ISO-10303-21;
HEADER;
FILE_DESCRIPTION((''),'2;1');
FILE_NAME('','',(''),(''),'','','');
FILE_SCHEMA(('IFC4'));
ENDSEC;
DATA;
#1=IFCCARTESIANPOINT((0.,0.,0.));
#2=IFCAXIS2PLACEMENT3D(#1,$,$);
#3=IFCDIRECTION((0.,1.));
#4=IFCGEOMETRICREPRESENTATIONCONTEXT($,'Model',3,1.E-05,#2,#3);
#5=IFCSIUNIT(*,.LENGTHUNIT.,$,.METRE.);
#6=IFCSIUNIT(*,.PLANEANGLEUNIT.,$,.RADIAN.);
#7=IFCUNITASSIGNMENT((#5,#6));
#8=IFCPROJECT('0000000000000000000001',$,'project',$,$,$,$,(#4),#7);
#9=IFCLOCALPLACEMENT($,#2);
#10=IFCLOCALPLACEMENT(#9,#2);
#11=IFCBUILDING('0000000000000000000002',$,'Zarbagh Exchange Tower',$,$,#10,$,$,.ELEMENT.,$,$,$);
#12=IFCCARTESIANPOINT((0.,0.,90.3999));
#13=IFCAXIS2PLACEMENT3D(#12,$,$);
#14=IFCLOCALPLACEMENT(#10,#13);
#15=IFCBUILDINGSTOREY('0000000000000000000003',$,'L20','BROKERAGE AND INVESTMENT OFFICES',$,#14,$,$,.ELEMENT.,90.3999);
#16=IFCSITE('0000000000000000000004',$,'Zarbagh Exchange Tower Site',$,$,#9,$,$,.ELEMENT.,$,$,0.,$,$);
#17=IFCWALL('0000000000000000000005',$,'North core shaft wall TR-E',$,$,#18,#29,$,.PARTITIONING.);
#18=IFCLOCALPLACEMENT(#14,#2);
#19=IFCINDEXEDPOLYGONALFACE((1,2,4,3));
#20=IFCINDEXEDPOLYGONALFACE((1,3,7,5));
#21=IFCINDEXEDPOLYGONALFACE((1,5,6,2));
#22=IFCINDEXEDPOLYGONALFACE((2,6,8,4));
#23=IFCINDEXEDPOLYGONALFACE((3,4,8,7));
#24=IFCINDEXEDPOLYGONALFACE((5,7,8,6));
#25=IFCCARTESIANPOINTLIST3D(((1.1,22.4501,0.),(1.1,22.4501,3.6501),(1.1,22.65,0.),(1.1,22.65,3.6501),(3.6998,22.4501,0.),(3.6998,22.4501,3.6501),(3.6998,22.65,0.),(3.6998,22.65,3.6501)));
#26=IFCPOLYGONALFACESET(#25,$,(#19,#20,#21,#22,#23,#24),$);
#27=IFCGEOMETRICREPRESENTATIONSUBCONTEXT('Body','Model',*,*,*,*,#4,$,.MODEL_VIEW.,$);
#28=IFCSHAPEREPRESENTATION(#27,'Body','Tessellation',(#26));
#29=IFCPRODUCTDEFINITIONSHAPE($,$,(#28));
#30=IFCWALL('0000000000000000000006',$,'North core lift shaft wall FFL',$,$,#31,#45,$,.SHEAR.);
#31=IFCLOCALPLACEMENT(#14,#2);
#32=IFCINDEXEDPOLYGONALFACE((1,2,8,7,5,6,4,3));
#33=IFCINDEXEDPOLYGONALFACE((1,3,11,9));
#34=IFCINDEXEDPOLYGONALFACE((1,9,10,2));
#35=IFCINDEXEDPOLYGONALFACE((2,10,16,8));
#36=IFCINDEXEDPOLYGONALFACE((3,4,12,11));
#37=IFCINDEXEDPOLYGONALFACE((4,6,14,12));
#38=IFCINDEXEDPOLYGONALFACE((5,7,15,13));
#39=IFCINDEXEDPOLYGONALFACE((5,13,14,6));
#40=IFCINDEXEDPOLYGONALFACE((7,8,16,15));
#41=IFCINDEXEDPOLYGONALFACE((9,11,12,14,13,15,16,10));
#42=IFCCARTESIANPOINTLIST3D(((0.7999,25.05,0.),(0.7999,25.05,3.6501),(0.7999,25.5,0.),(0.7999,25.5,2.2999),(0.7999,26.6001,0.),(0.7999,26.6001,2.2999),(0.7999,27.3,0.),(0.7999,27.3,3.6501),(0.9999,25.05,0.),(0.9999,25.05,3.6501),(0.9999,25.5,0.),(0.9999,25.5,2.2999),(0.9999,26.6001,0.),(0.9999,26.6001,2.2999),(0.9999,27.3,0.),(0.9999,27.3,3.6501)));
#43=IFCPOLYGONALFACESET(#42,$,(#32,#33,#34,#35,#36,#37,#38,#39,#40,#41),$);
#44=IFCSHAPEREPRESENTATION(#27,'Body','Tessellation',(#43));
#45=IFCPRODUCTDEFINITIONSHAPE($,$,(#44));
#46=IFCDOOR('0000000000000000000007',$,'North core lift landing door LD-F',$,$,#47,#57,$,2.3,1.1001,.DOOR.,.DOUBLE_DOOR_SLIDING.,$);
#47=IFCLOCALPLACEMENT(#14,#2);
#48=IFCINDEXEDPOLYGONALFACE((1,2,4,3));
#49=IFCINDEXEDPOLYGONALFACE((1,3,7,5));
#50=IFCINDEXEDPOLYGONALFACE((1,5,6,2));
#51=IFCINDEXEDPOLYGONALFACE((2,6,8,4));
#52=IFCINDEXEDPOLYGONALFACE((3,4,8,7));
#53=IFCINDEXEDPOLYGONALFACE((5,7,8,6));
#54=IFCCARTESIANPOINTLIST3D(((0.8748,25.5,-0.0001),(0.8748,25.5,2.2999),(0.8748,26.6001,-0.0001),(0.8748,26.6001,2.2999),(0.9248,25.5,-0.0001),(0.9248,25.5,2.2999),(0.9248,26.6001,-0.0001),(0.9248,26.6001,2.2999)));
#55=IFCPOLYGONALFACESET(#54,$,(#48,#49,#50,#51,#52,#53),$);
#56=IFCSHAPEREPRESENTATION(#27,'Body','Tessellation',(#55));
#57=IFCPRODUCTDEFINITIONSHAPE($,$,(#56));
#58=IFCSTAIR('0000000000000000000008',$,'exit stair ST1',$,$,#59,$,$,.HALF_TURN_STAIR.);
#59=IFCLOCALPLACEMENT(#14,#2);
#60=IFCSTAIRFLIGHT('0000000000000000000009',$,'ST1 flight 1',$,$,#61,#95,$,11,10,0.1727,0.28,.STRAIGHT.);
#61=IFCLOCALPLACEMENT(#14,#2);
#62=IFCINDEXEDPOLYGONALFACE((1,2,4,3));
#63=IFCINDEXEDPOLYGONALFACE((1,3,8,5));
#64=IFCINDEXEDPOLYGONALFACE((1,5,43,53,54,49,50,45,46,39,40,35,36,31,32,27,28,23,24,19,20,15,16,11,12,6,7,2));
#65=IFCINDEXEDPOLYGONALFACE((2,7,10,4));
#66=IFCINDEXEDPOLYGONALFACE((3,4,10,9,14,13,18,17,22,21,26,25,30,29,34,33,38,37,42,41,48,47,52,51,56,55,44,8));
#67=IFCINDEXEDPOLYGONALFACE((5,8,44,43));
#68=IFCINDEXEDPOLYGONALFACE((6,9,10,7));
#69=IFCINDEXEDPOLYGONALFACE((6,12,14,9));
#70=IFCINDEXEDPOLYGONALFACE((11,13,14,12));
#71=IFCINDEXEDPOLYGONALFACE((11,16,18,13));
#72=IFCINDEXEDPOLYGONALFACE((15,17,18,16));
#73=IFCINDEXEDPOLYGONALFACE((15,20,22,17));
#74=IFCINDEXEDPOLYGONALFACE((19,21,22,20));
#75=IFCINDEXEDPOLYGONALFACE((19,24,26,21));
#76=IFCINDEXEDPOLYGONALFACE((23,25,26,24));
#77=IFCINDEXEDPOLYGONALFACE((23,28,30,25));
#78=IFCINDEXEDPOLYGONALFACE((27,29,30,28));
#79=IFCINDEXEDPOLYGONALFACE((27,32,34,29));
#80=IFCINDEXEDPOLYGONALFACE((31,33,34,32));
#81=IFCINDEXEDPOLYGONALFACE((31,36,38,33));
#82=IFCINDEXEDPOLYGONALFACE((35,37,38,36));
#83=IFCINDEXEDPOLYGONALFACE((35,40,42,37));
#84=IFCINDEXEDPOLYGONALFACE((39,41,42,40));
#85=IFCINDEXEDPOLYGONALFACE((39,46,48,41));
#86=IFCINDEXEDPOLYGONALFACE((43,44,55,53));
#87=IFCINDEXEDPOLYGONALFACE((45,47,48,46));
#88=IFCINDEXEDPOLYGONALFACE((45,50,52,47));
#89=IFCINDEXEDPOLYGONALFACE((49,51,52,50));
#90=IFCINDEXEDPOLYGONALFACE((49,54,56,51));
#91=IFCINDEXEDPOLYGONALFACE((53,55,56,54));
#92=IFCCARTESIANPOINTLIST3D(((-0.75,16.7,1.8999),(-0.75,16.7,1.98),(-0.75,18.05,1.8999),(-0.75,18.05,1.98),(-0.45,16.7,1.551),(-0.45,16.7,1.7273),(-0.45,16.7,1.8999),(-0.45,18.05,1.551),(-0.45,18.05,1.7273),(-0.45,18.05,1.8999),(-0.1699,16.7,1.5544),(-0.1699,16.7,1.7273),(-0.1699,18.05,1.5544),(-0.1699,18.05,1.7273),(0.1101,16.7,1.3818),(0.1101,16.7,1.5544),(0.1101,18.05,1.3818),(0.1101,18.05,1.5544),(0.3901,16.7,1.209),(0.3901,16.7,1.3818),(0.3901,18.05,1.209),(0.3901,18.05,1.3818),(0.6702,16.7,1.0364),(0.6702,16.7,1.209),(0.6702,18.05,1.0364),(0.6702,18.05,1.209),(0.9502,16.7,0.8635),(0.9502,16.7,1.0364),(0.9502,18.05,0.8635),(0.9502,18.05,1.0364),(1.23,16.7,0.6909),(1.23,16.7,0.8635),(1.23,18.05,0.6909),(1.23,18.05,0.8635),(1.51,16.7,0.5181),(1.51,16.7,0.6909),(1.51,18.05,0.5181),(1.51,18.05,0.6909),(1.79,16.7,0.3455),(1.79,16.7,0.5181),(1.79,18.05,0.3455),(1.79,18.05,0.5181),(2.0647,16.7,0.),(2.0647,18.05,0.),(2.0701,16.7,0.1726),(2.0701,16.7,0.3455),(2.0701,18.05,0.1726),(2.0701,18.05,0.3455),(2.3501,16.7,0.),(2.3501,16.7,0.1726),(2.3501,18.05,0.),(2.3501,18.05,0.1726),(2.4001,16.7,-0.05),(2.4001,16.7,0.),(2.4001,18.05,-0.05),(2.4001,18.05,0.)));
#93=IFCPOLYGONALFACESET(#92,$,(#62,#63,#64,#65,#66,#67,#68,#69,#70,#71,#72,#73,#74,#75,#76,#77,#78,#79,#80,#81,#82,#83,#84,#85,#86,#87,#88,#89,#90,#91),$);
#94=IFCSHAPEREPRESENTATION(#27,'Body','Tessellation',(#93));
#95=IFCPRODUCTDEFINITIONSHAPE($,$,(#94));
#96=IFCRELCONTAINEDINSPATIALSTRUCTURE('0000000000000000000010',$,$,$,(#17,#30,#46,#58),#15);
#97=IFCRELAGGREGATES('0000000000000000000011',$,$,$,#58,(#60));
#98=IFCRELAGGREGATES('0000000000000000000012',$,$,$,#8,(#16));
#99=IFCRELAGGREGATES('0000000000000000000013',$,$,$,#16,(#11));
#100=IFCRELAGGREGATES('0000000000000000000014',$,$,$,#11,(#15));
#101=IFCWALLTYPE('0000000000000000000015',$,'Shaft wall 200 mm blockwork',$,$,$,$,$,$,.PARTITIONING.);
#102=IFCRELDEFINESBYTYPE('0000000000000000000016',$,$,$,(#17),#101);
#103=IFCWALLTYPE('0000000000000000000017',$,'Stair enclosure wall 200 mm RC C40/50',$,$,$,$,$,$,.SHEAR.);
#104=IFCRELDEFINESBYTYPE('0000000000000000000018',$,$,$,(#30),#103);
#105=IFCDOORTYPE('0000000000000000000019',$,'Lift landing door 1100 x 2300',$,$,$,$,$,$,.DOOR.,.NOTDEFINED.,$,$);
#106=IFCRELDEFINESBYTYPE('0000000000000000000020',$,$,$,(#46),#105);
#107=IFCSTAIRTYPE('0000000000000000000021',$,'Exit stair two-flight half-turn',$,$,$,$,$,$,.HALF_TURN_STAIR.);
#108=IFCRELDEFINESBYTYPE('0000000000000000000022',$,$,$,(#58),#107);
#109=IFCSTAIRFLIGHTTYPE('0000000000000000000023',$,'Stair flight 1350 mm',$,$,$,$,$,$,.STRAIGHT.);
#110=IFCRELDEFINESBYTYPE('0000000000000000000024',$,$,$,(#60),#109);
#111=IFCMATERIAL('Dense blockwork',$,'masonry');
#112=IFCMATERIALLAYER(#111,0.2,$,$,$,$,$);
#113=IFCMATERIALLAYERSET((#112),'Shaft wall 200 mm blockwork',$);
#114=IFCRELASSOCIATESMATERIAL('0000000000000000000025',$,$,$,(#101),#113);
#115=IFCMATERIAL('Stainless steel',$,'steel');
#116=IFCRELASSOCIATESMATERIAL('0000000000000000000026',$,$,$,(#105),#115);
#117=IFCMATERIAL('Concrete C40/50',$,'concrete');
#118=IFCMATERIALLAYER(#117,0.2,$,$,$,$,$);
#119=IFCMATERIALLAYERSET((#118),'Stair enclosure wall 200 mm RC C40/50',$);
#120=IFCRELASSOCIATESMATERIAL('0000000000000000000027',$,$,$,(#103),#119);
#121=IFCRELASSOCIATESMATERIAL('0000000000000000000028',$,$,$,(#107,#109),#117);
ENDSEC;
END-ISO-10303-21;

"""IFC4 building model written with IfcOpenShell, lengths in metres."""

from ifc_helpers import new_model, si_unit, direction, frame, frame_2d, origin, place, context, subcontext, project, spatial, polyline, rectangle, outline, extrude, material, layer, layer_set, type_object, element, fill, aggregate, save


model = new_model("IFC4")

# Units and contexts
model_context = context("Model", 3, precision=1e-05, world=origin(), true_north=direction((0.0, 1.0)))
body_context = subcontext(model_context, "Body", "Model", "MODEL_VIEW")
ifc_project = project(units=[si_unit("LENGTHUNIT", "METRE"), si_unit("PLANEANGLEUNIT", "RADIAN")], contexts=[model_context])

# Site, building, storey
site_placement = place(None, origin())
site = spatial("IfcSite", under=ifc_project, at=site_placement, Name="Zarbagh Exchange Tower Site", CompositionType="ELEMENT", RefElevation=0.0)
building_placement = place(site_placement, origin())
building = spatial("IfcBuilding", under=site, at=building_placement, Name="Zarbagh Exchange Tower", CompositionType="ELEMENT")
storey_placement = place(building_placement, frame((0.0, 0.0, 90.3999)))
storey = spatial("IfcBuildingStorey", under=building, at=storey_placement, Name="L20", Description="BROKERAGE AND INVESTMENT OFFICES", CompositionType="ELEMENT", Elevation=90.3999)

# Shared definitions
ifc_material_1 = material(Name="Dense blockwork", Category="masonry")

# Shared definitions
ifc_layer_1 = layer(ifc_material_1, 0.2)
ifc_layer_set_1 = layer_set([ifc_layer_1], Name="Shaft wall 200 mm blockwork")
wall_type_1 = type_object("IfcWallType", Name="Shaft wall 200 mm blockwork", PredefinedType="PARTITIONING", material=ifc_layer_set_1)

# Shared definitions
ifc_material_2 = material(Name="Stainless steel", Category="steel")
door_type_1 = type_object("IfcDoorType", Name="Lift landing door 1100 x 2300", OperationType="NOTDEFINED", PredefinedType="DOOR", material=ifc_material_2)

# Wall
wall_1_placement = place(storey_placement, frame((1.1001, 22.55, 0.0), z_axis=(0.0, 0.0, 1.0), x_axis=(1.0, 0.0, 0.0)))
element("IfcWall", 1, at=wall_1_placement, inside=storey, type_object=wall_type_1, Name="North core shaft wall TR-E", PredefinedType="PARTITIONING", context=body_context, shape_type="SweptSolid", body=[
    extrude(rectangle(XDim=2.5999, YDim=0.2, at=frame_2d((1.2998, 0.0))), origin(), (0.0, 0.0, 1.0), 3.6501),
])

# Wall, opening, door
ifc_material_3 = material(Name="Concrete C40/50", Category="concrete")
ifc_layer_2 = layer(ifc_material_3, 0.2)
ifc_layer_set_2 = layer_set([ifc_layer_2], Name="Stair enclosure wall 200 mm RC C40/50")
wall_type_2 = type_object("IfcWallType", Name="Stair enclosure wall 200 mm RC C40/50", PredefinedType="SHEAR", material=ifc_layer_set_2)
wall_2_placement = place(storey_placement, frame((0.8999, 27.3, 0.0), z_axis=(0.0, 0.0, 1.0), x_axis=(0.0, -1.0, 0.0)))
wall_2 = element("IfcWall", 2, at=wall_2_placement, inside=storey, type_object=wall_type_2, Name="North core lift shaft wall FFL", PredefinedType="SHEAR", context=body_context, shape_type="SweptSolid", body=[
    extrude(rectangle(XDim=2.25, YDim=0.2, at=frame_2d((1.125, 0.0))), origin(), (0.0, 0.0, 1.0), 3.6501),
])
opening_1_placement = place(wall_2_placement, frame((0.7, 0.0, 0.0)))
opening_1 = element("IfcOpeningElement", 3, at=opening_1_placement, cuts=wall_2, PredefinedType="OPENING", context=body_context, shape_type="SweptSolid", body=[
    extrude(rectangle(XDim=1.1001, YDim=2.3, at=frame_2d((0.55, 1.1499))), frame((0.0, 0.1099, 0.0), z_axis=(0.0, -1.0, 0.0), x_axis=(1.0, 0.0, 0.0)), (0.0, 0.0, 1.0), 0.22),
])
door_1_placement = place(opening_1_placement, origin())
door_1 = element("IfcDoor", 4, at=door_1_placement, inside=storey, type_object=door_type_1, Name="North core lift landing door LD-F", OperationType="DOUBLE_DOOR_SLIDING", OverallHeight=2.3, OverallWidth=1.1001, PredefinedType="DOOR", context=body_context, shape_type="SweptSolid", body=[
    extrude(rectangle(XDim=1.1001, YDim=2.3, at=frame_2d((0.55, 1.1499))), frame((0.0, 0.0249, 0.0), z_axis=(0.0, -1.0, 0.0), x_axis=(1.0, 0.0, 0.0)), (0.0, 0.0, 1.0), 0.05),
])
fill(opening_1, door_1)

# Stair, stair flight
stair_type = type_object("IfcStairType", Name="Exit stair two-flight half-turn", PredefinedType="HALF_TURN_STAIR", material=ifc_material_3)
stair_placement = place(storey_placement, origin())
stair = element("IfcStair", 5, at=stair_placement, inside=storey, type_object=stair_type, Name="exit stair ST1", PredefinedType="HALF_TURN_STAIR")
stair_flight_type = type_object("IfcStairFlightType", Name="Stair flight 1350 mm", PredefinedType="STRAIGHT", material=ifc_material_3)
stair_flight_placement = place(storey_placement, frame((2.3501, 17.375, 0.0), z_axis=(0.0, 0.0, 1.0), x_axis=(-1.0, 0.0, 0.0)))
stair_flight = element("IfcStairFlight", 6, at=stair_flight_placement, type_object=stair_flight_type, Name="ST1 flight 1", NumberOfRisers=11, NumberOfTreads=10, PredefinedType="STRAIGHT", RiserHeight=0.1727, TreadLength=0.28, context=body_context, shape_type="SweptSolid", body=[
    extrude(outline(polyline([(-0.05, -0.05), (-0.05, 0.0), (0.0, 0.0), (0.0, 0.1726), (0.28, 0.1726), (0.28, 0.3455), (0.5601, 0.3455), (0.5601, 0.5181), (0.8401, 0.5181), (0.8401, 0.6909), (1.1201, 0.6909), (1.1201, 0.8635), (1.3999, 0.8635), (1.3999, 1.0364), (1.6799, 1.0364), (1.6799, 1.209), (1.96, 1.209), (1.96, 1.3818), (2.24, 1.3818), (2.24, 1.5544), (2.52, 1.5544), (2.52, 1.7273), (2.8, 1.7273), (2.8, 1.8999), (3.1001, 1.98), (3.1001, 1.8999), (2.8, 1.551), (0.2854, 0.0), (-0.05, -0.05)])), frame((0.0, 0.675, 0.0), z_axis=(0.0, -1.0, 0.0), x_axis=(1.0, 0.0, 0.0)), (0.0, 0.0, 1.0), 1.3501),
])
aggregate(stair, [stair_flight])

save(model, "model.ifc")
